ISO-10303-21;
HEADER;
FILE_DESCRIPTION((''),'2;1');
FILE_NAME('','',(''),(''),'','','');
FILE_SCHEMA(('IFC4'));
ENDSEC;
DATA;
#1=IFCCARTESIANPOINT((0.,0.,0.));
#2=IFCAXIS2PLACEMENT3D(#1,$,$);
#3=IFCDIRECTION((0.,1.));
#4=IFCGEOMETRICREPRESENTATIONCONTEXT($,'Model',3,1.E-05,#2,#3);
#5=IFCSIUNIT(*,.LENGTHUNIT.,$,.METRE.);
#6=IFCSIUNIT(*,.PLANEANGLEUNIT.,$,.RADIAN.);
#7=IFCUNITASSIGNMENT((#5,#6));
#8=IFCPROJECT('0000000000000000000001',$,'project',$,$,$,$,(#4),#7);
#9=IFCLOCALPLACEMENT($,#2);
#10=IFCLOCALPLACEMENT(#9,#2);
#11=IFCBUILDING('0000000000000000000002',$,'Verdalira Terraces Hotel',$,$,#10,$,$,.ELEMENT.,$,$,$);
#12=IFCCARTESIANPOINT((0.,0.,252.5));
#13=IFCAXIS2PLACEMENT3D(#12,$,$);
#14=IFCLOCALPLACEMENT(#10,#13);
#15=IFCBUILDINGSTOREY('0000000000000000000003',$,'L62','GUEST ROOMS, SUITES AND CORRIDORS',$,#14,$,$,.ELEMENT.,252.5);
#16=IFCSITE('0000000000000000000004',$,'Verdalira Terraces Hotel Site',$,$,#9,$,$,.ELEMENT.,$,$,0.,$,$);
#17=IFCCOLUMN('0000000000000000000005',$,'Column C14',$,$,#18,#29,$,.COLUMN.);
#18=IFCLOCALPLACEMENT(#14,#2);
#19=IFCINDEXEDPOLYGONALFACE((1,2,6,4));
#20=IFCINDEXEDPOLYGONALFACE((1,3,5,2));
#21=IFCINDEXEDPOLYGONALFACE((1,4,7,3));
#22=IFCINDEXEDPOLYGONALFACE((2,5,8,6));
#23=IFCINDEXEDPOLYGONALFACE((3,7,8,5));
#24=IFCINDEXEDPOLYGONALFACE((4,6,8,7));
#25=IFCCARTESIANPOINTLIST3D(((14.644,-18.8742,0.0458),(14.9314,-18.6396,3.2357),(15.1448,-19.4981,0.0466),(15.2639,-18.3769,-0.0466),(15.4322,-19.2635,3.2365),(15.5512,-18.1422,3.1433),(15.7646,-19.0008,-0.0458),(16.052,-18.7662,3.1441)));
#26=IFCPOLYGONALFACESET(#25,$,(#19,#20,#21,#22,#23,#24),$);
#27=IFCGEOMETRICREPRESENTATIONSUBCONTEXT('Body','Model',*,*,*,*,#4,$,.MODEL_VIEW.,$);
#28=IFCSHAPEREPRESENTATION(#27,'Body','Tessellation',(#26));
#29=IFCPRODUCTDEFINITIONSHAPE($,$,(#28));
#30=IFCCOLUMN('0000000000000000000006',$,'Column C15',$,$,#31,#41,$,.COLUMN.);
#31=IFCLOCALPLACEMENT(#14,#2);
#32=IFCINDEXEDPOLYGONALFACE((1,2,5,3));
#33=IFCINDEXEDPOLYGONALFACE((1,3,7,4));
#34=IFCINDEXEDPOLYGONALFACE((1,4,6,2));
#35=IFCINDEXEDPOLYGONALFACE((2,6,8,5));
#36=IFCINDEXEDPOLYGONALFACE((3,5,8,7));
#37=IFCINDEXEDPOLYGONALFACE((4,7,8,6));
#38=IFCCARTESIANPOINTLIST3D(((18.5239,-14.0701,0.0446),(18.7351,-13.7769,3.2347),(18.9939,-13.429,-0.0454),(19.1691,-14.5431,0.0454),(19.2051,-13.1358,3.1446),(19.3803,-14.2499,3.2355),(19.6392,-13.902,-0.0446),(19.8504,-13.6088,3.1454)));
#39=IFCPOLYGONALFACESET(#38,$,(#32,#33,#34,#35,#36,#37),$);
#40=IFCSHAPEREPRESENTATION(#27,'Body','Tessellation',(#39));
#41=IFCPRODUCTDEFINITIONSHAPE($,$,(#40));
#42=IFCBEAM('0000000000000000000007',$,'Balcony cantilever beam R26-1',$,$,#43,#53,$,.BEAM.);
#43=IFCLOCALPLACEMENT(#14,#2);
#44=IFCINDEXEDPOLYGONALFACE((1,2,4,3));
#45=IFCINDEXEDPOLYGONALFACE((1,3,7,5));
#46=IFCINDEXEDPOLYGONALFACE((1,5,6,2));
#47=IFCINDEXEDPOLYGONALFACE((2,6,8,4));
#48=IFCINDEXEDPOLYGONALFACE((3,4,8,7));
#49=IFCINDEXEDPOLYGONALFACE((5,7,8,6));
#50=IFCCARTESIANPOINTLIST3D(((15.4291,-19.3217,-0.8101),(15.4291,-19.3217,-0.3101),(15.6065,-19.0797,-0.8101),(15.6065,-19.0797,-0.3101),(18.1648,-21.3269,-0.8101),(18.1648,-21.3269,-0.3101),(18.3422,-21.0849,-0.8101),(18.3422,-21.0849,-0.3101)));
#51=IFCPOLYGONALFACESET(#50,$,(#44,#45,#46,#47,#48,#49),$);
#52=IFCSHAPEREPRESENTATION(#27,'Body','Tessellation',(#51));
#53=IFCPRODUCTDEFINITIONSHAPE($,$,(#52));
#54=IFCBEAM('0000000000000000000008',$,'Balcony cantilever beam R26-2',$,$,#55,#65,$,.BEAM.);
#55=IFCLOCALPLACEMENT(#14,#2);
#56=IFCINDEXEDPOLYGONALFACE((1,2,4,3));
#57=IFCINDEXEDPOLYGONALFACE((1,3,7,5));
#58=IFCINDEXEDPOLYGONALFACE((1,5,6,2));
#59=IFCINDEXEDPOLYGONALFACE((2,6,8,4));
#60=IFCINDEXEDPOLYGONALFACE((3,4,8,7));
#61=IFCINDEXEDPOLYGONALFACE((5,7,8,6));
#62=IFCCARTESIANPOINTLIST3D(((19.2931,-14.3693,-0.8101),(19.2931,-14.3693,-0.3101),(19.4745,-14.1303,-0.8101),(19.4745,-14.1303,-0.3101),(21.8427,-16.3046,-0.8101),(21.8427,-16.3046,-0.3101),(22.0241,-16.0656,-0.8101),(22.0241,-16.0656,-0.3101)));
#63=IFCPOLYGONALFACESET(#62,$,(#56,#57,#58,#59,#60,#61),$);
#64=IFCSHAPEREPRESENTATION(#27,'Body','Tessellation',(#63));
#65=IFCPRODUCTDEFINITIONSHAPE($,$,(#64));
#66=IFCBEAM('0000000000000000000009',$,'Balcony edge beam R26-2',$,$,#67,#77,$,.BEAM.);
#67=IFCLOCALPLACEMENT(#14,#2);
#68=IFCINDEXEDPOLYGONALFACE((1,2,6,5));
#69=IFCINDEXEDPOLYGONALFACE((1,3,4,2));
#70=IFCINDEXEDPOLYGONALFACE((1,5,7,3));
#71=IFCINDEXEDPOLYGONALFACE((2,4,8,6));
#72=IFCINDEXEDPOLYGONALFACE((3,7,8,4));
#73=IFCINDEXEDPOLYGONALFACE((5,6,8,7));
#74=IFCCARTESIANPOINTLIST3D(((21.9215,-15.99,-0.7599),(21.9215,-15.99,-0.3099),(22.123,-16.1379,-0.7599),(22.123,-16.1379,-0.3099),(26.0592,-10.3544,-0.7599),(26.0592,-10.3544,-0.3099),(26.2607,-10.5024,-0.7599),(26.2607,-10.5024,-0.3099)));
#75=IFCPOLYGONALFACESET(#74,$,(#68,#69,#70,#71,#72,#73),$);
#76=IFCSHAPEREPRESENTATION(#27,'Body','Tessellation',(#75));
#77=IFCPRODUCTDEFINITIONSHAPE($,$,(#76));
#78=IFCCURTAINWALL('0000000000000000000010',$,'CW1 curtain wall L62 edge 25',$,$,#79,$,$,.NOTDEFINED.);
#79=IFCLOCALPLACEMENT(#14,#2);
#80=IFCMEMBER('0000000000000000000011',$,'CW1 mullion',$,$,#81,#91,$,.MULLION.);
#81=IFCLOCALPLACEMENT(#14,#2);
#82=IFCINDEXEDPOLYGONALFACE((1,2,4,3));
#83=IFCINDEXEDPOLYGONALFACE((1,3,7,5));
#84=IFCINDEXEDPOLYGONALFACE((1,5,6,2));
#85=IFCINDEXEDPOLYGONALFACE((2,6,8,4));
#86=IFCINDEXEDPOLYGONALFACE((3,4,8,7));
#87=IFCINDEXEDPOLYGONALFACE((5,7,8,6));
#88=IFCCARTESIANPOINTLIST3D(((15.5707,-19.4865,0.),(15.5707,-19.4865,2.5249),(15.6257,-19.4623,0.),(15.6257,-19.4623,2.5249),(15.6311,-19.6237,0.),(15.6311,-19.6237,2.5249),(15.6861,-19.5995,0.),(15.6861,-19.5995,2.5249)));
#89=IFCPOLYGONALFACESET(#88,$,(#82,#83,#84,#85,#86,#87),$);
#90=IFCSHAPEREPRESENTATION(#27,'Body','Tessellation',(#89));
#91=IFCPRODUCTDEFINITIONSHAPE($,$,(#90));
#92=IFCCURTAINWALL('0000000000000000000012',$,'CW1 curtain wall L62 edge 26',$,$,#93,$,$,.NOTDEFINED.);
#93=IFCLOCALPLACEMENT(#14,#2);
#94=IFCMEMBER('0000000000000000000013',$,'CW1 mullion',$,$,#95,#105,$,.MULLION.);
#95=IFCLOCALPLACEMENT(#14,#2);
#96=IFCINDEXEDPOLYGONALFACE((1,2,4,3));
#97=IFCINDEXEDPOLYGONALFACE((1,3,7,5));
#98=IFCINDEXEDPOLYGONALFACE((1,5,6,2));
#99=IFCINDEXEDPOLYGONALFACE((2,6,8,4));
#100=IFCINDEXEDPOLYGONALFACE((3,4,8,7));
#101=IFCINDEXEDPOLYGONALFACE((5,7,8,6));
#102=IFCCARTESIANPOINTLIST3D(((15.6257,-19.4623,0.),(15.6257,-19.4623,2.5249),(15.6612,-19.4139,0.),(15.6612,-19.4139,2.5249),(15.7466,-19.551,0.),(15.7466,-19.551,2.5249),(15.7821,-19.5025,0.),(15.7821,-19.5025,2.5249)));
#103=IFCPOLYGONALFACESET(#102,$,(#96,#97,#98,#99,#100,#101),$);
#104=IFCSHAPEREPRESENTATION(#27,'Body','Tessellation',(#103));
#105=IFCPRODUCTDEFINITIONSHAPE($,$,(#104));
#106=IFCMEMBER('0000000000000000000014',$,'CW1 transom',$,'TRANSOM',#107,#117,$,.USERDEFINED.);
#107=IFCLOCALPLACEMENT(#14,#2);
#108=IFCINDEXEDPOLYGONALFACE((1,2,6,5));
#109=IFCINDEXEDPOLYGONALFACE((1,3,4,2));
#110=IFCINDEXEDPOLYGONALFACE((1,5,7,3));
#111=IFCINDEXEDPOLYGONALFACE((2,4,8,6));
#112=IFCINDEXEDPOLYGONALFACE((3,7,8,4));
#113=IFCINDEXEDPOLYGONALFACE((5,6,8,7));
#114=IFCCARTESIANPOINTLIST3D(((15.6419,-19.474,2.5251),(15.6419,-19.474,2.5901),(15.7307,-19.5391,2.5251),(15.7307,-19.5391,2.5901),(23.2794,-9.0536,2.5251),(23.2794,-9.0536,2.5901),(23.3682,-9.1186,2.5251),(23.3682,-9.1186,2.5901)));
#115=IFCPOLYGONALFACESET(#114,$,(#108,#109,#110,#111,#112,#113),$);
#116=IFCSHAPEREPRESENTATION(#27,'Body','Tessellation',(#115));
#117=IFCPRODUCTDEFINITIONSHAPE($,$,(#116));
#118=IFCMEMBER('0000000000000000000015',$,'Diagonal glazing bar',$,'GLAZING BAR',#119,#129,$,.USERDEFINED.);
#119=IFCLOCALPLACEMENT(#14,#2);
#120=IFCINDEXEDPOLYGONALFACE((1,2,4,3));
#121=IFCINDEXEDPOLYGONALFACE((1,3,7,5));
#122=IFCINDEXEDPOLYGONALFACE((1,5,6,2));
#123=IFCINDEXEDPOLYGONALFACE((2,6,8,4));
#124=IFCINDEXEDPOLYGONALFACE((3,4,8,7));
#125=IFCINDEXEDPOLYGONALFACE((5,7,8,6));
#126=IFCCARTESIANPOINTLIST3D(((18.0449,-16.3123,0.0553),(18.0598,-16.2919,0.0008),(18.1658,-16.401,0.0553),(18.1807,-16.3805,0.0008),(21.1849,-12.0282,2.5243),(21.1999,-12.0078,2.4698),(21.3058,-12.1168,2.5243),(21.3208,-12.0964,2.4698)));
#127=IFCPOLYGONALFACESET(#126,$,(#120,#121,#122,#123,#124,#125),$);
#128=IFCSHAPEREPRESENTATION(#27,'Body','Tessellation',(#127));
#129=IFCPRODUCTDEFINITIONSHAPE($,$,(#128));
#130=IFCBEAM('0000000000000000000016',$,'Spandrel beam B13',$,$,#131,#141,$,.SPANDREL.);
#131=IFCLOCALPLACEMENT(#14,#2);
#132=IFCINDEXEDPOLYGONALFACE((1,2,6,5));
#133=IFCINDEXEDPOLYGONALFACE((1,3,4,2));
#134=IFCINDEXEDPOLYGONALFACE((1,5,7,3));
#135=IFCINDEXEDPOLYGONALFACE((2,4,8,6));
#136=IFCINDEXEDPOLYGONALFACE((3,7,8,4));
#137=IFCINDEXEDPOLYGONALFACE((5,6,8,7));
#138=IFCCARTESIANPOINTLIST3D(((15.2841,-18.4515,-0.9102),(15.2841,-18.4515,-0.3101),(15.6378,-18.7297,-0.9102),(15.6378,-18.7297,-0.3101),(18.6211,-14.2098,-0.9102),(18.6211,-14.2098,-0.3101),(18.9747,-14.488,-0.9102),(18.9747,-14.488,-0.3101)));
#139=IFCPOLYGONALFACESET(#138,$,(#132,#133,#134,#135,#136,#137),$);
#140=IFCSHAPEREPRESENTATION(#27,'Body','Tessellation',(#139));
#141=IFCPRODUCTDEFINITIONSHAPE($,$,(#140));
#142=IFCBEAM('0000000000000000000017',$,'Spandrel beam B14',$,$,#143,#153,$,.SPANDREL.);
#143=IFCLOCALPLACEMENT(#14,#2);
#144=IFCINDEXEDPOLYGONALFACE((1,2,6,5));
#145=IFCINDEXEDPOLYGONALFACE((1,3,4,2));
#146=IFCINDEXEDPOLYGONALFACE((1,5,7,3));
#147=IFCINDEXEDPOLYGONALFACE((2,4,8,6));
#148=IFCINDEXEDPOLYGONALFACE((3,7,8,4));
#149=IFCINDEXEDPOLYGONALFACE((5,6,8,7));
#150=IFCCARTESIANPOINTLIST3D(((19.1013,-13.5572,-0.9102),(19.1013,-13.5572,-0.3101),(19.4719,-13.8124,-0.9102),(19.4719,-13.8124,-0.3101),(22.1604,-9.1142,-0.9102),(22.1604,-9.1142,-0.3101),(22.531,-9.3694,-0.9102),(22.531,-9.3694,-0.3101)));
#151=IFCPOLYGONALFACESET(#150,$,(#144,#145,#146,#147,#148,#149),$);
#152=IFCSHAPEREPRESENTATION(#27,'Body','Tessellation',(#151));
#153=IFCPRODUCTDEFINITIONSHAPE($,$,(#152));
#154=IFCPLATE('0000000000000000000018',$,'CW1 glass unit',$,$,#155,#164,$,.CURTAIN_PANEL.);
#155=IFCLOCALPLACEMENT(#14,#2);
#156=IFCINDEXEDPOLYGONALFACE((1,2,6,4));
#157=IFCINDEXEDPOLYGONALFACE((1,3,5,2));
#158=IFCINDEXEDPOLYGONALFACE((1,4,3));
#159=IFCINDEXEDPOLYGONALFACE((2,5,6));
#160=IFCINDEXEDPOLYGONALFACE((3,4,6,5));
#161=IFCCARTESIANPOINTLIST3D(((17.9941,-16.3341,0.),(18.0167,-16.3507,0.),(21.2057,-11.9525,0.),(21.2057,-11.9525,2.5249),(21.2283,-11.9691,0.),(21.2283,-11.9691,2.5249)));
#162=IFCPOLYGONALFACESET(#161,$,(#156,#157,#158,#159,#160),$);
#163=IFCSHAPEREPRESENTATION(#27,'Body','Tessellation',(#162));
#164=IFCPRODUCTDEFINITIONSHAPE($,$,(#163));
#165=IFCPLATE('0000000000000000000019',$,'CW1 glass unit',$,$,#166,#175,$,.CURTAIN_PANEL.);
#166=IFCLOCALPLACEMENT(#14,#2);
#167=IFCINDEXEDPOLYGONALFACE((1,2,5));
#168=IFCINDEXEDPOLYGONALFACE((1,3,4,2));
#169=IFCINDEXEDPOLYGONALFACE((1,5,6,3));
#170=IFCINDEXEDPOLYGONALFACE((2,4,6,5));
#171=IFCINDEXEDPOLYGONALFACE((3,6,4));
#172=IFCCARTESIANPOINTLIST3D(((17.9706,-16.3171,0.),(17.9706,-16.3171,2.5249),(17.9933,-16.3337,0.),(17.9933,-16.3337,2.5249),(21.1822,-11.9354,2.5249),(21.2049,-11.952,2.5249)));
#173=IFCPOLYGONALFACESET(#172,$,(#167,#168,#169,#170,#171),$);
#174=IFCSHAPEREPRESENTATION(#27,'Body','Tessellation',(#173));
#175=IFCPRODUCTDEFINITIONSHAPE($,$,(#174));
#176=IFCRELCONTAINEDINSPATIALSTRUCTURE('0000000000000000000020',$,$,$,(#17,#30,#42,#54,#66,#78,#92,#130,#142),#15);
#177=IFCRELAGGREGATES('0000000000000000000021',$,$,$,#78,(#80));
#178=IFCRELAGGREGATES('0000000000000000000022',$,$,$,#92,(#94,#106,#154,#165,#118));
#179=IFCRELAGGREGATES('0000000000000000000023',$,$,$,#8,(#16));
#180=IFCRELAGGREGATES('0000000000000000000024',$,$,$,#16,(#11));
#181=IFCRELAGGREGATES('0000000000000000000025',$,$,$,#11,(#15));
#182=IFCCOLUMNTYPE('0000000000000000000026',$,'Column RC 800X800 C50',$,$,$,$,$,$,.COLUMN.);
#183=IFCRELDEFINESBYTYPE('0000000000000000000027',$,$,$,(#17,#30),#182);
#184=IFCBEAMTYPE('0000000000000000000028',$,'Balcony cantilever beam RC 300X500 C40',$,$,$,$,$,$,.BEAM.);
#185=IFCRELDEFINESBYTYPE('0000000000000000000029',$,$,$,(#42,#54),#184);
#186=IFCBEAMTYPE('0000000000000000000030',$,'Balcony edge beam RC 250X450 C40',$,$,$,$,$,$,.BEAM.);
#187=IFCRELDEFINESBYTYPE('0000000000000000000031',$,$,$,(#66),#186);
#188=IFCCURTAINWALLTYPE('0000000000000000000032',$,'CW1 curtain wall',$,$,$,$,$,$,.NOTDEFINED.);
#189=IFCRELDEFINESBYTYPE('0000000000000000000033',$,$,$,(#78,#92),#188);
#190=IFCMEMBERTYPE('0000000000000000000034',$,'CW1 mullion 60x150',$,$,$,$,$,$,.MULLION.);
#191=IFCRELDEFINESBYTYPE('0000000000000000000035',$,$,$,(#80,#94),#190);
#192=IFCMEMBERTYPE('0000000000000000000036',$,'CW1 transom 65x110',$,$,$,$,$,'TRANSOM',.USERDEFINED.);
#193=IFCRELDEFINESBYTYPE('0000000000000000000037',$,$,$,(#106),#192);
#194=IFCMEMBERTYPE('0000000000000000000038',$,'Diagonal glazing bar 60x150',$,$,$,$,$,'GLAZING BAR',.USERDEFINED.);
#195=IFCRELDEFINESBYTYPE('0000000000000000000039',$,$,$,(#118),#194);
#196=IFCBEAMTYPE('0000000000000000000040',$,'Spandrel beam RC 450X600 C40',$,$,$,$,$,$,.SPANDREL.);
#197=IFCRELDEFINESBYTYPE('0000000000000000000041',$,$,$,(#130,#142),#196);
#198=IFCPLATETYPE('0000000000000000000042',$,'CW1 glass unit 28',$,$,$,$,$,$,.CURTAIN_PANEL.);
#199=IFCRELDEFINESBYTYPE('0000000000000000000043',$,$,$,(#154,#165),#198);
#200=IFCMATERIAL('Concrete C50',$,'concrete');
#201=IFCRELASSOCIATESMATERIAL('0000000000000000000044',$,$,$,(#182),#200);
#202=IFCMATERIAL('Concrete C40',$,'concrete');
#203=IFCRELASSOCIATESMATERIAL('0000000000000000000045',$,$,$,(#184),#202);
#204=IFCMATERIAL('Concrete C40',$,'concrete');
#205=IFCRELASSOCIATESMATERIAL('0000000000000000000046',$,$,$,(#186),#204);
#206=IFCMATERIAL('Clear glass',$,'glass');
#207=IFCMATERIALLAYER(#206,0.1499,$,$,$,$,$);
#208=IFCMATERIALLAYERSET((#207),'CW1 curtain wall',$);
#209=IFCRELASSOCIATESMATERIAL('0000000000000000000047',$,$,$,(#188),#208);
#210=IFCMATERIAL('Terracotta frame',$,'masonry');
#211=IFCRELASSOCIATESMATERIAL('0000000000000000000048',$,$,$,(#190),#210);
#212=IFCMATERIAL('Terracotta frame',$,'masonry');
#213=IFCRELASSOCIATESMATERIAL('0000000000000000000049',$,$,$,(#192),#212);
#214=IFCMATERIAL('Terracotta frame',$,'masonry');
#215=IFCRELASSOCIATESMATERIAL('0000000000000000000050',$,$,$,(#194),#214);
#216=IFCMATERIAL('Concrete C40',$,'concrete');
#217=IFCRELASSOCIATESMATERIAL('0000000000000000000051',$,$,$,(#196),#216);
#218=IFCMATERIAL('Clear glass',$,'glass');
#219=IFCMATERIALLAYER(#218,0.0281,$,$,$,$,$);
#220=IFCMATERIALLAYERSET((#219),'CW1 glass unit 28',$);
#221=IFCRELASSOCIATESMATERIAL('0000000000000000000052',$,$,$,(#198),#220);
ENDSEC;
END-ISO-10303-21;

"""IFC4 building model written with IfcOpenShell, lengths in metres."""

from ifc_helpers import new_model, si_unit, direction, frame, origin, origin_2d, place, context, subcontext, project, spatial, polyline, rectangle, outline, extrude, material, layer, layer_set, material_profile, profile_set, type_object, element, aggregate, save


model = new_model("IFC4")

# Units and contexts
model_context = context("Model", 3, precision=1e-05, world=origin(), true_north=direction((0.0, 1.0)))
body_context = subcontext(model_context, "Body", "Model", "MODEL_VIEW")
ifc_project = project(units=[si_unit("LENGTHUNIT", "METRE"), si_unit("PLANEANGLEUNIT", "RADIAN")], contexts=[model_context])

# Site, building, storey
site_placement = place(None, origin())
site = spatial("IfcSite", under=ifc_project, at=site_placement, Name="Verdalira Terraces Hotel Site", CompositionType="ELEMENT", RefElevation=0.0)
building_placement = place(site_placement, origin())
building = spatial("IfcBuilding", under=site, at=building_placement, Name="Verdalira Terraces Hotel", CompositionType="ELEMENT")
storey_placement = place(building_placement, frame((0.0, 0.0, 252.5)))
storey = spatial("IfcBuildingStorey", under=building, at=storey_placement, Name="L62", Description="GUEST ROOMS, SUITES AND CORRIDORS", CompositionType="ELEMENT", Elevation=252.5)

# Columns
ifc_material_1 = material(Name="Concrete C50", Category="concrete")
ifc_material_profile_1 = material_profile(ifc_material_1, rectangle(XDim=0.8, YDim=0.8, at=origin_2d()), Name="RC 800X800")
ifc_profile_set_1 = profile_set([ifc_material_profile_1], Name="Concrete C50")
column_type = type_object("IfcColumnType", Name="Column RC 800X800 C50", PredefinedType="COLUMN", material=ifc_profile_set_1)
column_1_placement = place(storey_placement, frame((15.2043, -18.9375, 0.0), z_axis=(0.089478, 0.073057, 0.993306), x_axis=(-0.774723, -0.62166, 0.115511)))
element("IfcColumn", 1, at=column_1_placement, inside=storey, type_object=column_type, Name="Column C14", PredefinedType="COLUMN", context=body_context, shape_type="SweptSolid", body=[
    extrude(rectangle(XDim=0.8, YDim=0.8, at=origin_2d()), origin(), (0.0, 0.0, 1.0), 3.2114),
])
column_2_placement = place(storey_placement, frame((19.0815, -13.9861, 0.0), z_axis=(0.065782, 0.091334, 0.993645), x_axis=(0.587537, 0.801332, -0.112553)))
element("IfcColumn", 2, at=column_2_placement, inside=storey, type_object=column_type, Name="Column C15", PredefinedType="COLUMN", context=body_context, shape_type="SweptSolid", body=[
    extrude(rectangle(XDim=0.8, YDim=0.8, at=origin_2d()), origin(), (0.0, 0.0, 1.0), 3.2104),
])

# Beams
ifc_material_2 = material(Name="Concrete C40", Category="concrete")
ifc_material_profile_2 = material_profile(ifc_material_2, rectangle(XDim=0.3, YDim=0.5, at=origin_2d()), Name="RC 300X500")
ifc_profile_set_2 = profile_set([ifc_material_profile_2], Name="Concrete C40")
beam_type_1 = type_object("IfcBeamType", Name="Balcony cantilever beam RC 300X500 C40", PredefinedType="BEAM", material=ifc_profile_set_2)
beam_1_placement = place(storey_placement, frame((15.5178, -19.2007, -0.5601), z_axis=(0.806542, -0.591176, 0.0), x_axis=(0.591176, 0.806542, 0.0)))
element("IfcBeam", 3, at=beam_1_placement, inside=storey, type_object=beam_type_1, Name="Balcony cantilever beam R26-1", PredefinedType="BEAM", context=body_context, shape_type="SweptSolid", body=[
    extrude(rectangle(XDim=0.3, YDim=0.5, at=origin_2d()), origin(), (0.0, 0.0, 1.0), 3.3918),
])
beam_2_placement = place(storey_placement, frame((19.3838, -14.2498, -0.5601), z_axis=(0.796518, -0.604615, 0.0), x_axis=(0.604615, 0.796518, 0.0)))
element("IfcBeam", 4, at=beam_2_placement, inside=storey, type_object=beam_type_1, Name="Balcony cantilever beam R26-2", PredefinedType="BEAM", context=body_context, shape_type="SweptSolid", body=[
    extrude(rectangle(XDim=0.3, YDim=0.5, at=origin_2d()), origin(), (0.0, 0.0, 1.0), 3.2009),
])
ifc_material_3 = material(Name="Concrete C40", Category="concrete")
ifc_material_profile_3 = material_profile(ifc_material_3, rectangle(XDim=0.25, YDim=0.45, at=origin_2d()), Name="RC 250X450")
ifc_profile_set_3 = profile_set([ifc_material_profile_3], Name="Concrete C40")
beam_type_2 = type_object("IfcBeamType", Name="Balcony edge beam RC 250X450 C40", PredefinedType="BEAM", material=ifc_profile_set_3)
beam_3_placement = place(storey_placement, frame((22.0222, -16.064, -0.5349), z_axis=(0.591828, 0.806064, 0.0), x_axis=(-0.806064, 0.591828, 0.0)))
element("IfcBeam", 5, at=beam_3_placement, inside=storey, type_object=beam_type_2, Name="Balcony edge beam R26-2", PredefinedType="BEAM", context=body_context, shape_type="SweptSolid", body=[
    extrude(rectangle(XDim=0.25, YDim=0.45, at=origin_2d()), origin(), (0.0, 0.0, 1.0), 6.9915),
])

# Curtain wall, member
ifc_material_4 = material(Name="Clear glass", Category="glass")
ifc_layer_1 = layer(ifc_material_4, 0.1499)
ifc_layer_set_1 = layer_set([ifc_layer_1], Name="CW1 curtain wall")
curtain_wall_type = type_object("IfcCurtainWallType", Name="CW1 curtain wall", PredefinedType="NOTDEFINED", material=ifc_layer_set_1)
curtain_wall_1_placement = place(storey_placement, origin())
curtain_wall_1 = element("IfcCurtainWall", 6, at=curtain_wall_1_placement, inside=storey, type_object=curtain_wall_type, Name="CW1 curtain wall L62 edge 25", PredefinedType="NOTDEFINED")
ifc_material_5 = material(Name="Terracotta frame", Category="masonry")
ifc_material_profile_4 = material_profile(ifc_material_5, rectangle(XDim=0.0601, YDim=0.1499, at=origin_2d()), Name="MU 60x150")
ifc_profile_set_4 = profile_set([ifc_material_profile_4], Name="Terracotta frame")
member_type_1 = type_object("IfcMemberType", Name="CW1 mullion 60x150", PredefinedType="MULLION", material=ifc_profile_set_4)
member_1_placement = place(storey_placement, frame((15.6284, -19.543, 0.0), z_axis=(0.0, 0.0, 1.0), x_axis=(0.915241, 0.402906, 0.0)))
member_1 = element("IfcMember", 7, at=member_1_placement, type_object=member_type_1, Name="CW1 mullion", PredefinedType="MULLION", context=body_context, shape_type="SweptSolid", body=[
    extrude(rectangle(XDim=0.0601, YDim=0.1499, at=origin_2d()), origin(), (0.0, 0.0, 1.0), 2.5249),
])
aggregate(curtain_wall_1, [member_1])

# Curtain wall, members
curtain_wall_2_placement = place(storey_placement, origin())
curtain_wall_2 = element("IfcCurtainWall", 8, at=curtain_wall_2_placement, inside=storey, type_object=curtain_wall_type, Name="CW1 curtain wall L62 edge 26", PredefinedType="NOTDEFINED")
member_2_placement = place(storey_placement, frame((15.7039, -19.4824, 0.0), z_axis=(0.0, 0.0, 1.0), x_axis=(0.591169, 0.806548, 0.0)))
member_2 = element("IfcMember", 9, at=member_2_placement, type_object=member_type_1, Name="CW1 mullion", PredefinedType="MULLION", context=body_context, shape_type="SweptSolid", body=[
    extrude(rectangle(XDim=0.0601, YDim=0.1499, at=origin_2d()), origin(), (0.0, 0.0, 1.0), 2.5249),
])
ifc_material_6 = material(Name="Terracotta frame", Category="masonry")
ifc_material_profile_5 = material_profile(ifc_material_6, rectangle(XDim=0.1101, YDim=0.0649, at=origin_2d()), Name="TR 65x110")
ifc_profile_set_5 = profile_set([ifc_material_profile_5], Name="Terracotta frame")
member_type_2 = type_object("IfcMemberType", Name="CW1 transom 65x110", ElementType="TRANSOM", PredefinedType="USERDEFINED", material=ifc_profile_set_5)
member_3_placement = place(storey_placement, frame((15.6863, -19.5066, 2.5576), z_axis=(0.591153, 0.806559, 0.0), x_axis=(-0.806559, 0.591153, 0.0)))
member_3 = element("IfcMember", 10, at=member_3_placement, type_object=member_type_2, Name="CW1 transom", ObjectType="TRANSOM", PredefinedType="USERDEFINED", context=body_context, shape_type="SweptSolid", body=[
    extrude(rectangle(XDim=0.1101, YDim=0.0649, at=origin_2d()), origin(), (0.0, 0.0, 1.0), 12.9197),
])
ifc_material_7 = material(Name="Terracotta frame", Category="masonry")
ifc_material_profile_6 = material_profile(ifc_material_7, rectangle(XDim=0.1499, YDim=0.0601, at=origin_2d()), Name="GB 60x150")
ifc_profile_set_6 = profile_set([ifc_material_profile_6], Name="Terracotta frame")
member_type_3 = type_object("IfcMemberType", Name="Diagonal glazing bar 60x150", ElementType="GLAZING BAR", PredefinedType="USERDEFINED", material=ifc_profile_set_6)
member_4_placement = place(storey_placement, frame((18.1128, -16.3464, 0.0281), z_axis=(0.536086, 0.731398, 0.421508), x_axis=(-0.806548, 0.591168, 0.0)))
member_4 = element("IfcMember", 11, at=member_4_placement, type_object=member_type_3, Name="Diagonal glazing bar", ObjectType="GLAZING BAR", PredefinedType="USERDEFINED", context=body_context, shape_type="SweptSolid", body=[
    extrude(rectangle(XDim=0.1499, YDim=0.0601, at=origin_2d()), origin(), (0.0, 0.0, 1.0), 5.8574),
])

# Beams
ifc_material_8 = material(Name="Concrete C40", Category="concrete")
ifc_material_profile_7 = material_profile(ifc_material_8, rectangle(XDim=0.45, YDim=0.6001, at=origin_2d()), Name="RC 450X600")
ifc_profile_set_7 = profile_set([ifc_material_profile_7], Name="Concrete C40")
beam_type_3 = type_object("IfcBeamType", Name="Spandrel beam RC 450X600 C40", PredefinedType="SPANDREL", material=ifc_profile_set_7)
beam_4_placement = place(storey_placement, frame((15.4609, -18.5906, -0.6101), z_axis=(0.618297, 0.785945, 0.0), x_axis=(-0.785945, 0.618297, 0.0)))
element("IfcBeam", 12, at=beam_4_placement, inside=storey, type_object=beam_type_3, Name="Spandrel beam B13", PredefinedType="SPANDREL", context=body_context, shape_type="SweptSolid", body=[
    extrude(rectangle(XDim=0.45, YDim=0.6001, at=origin_2d()), origin(), (0.0, 0.0, 1.0), 5.397),
])
beam_5_placement = place(storey_placement, frame((19.2866, -13.6848, -0.6101), z_axis=(0.567088, 0.823657, 0.0), x_axis=(-0.823657, 0.567088, 0.0)))
element("IfcBeam", 13, at=beam_5_placement, inside=storey, type_object=beam_type_3, Name="Spandrel beam B14", PredefinedType="SPANDREL", context=body_context, shape_type="SweptSolid", body=[
    extrude(rectangle(XDim=0.45, YDim=0.6001, at=origin_2d()), origin(), (0.0, 0.0, 1.0), 5.3943),
])

# Plates
ifc_material_9 = material(Name="Clear glass", Category="glass")
ifc_layer_2 = layer(ifc_material_9, 0.0281)
ifc_layer_set_2 = layer_set([ifc_layer_2], Name="CW1 glass unit 28")
plate_type = type_object("IfcPlateType", Name="CW1 glass unit 28", PredefinedType="CURTAIN_PANEL", material=ifc_layer_set_2)
plate_1_placement = place(storey_placement, frame((19.5999, -14.1433, 1.2625), z_axis=(0.806548, -0.591169, 0.0), x_axis=(0.591169, 0.806548, 0.0)))
plate_1 = element("IfcPlate", 14, at=plate_1_placement, type_object=plate_type, Name="CW1 glass unit", PredefinedType="CURTAIN_PANEL", context=body_context, shape_type="SweptSolid", body=[
    extrude(outline(polyline([(-2.7163, -1.2625), (2.7163, -1.2625), (2.7163, 1.2625), (-2.7163, -1.2625)])), origin(), (0.0, 0.0, 1.0), 0.0281),
])
plate_2_placement = place(storey_placement, frame((19.5764, -14.1262, 1.2625), z_axis=(0.806548, -0.591169, 0.0), x_axis=(0.591169, 0.806548, 0.0)))
plate_2 = element("IfcPlate", 15, at=plate_2_placement, type_object=plate_type, Name="CW1 glass unit", PredefinedType="CURTAIN_PANEL", context=body_context, shape_type="SweptSolid", body=[
    extrude(outline(polyline([(-2.7163, -1.2625), (2.7163, 1.2625), (-2.7163, 1.2625), (-2.7163, -1.2625)])), origin(), (0.0, 0.0, 1.0), 0.0281),
])
aggregate(curtain_wall_2, [member_2, member_3, plate_1, plate_2, member_4])

save(model, "model.ifc")
